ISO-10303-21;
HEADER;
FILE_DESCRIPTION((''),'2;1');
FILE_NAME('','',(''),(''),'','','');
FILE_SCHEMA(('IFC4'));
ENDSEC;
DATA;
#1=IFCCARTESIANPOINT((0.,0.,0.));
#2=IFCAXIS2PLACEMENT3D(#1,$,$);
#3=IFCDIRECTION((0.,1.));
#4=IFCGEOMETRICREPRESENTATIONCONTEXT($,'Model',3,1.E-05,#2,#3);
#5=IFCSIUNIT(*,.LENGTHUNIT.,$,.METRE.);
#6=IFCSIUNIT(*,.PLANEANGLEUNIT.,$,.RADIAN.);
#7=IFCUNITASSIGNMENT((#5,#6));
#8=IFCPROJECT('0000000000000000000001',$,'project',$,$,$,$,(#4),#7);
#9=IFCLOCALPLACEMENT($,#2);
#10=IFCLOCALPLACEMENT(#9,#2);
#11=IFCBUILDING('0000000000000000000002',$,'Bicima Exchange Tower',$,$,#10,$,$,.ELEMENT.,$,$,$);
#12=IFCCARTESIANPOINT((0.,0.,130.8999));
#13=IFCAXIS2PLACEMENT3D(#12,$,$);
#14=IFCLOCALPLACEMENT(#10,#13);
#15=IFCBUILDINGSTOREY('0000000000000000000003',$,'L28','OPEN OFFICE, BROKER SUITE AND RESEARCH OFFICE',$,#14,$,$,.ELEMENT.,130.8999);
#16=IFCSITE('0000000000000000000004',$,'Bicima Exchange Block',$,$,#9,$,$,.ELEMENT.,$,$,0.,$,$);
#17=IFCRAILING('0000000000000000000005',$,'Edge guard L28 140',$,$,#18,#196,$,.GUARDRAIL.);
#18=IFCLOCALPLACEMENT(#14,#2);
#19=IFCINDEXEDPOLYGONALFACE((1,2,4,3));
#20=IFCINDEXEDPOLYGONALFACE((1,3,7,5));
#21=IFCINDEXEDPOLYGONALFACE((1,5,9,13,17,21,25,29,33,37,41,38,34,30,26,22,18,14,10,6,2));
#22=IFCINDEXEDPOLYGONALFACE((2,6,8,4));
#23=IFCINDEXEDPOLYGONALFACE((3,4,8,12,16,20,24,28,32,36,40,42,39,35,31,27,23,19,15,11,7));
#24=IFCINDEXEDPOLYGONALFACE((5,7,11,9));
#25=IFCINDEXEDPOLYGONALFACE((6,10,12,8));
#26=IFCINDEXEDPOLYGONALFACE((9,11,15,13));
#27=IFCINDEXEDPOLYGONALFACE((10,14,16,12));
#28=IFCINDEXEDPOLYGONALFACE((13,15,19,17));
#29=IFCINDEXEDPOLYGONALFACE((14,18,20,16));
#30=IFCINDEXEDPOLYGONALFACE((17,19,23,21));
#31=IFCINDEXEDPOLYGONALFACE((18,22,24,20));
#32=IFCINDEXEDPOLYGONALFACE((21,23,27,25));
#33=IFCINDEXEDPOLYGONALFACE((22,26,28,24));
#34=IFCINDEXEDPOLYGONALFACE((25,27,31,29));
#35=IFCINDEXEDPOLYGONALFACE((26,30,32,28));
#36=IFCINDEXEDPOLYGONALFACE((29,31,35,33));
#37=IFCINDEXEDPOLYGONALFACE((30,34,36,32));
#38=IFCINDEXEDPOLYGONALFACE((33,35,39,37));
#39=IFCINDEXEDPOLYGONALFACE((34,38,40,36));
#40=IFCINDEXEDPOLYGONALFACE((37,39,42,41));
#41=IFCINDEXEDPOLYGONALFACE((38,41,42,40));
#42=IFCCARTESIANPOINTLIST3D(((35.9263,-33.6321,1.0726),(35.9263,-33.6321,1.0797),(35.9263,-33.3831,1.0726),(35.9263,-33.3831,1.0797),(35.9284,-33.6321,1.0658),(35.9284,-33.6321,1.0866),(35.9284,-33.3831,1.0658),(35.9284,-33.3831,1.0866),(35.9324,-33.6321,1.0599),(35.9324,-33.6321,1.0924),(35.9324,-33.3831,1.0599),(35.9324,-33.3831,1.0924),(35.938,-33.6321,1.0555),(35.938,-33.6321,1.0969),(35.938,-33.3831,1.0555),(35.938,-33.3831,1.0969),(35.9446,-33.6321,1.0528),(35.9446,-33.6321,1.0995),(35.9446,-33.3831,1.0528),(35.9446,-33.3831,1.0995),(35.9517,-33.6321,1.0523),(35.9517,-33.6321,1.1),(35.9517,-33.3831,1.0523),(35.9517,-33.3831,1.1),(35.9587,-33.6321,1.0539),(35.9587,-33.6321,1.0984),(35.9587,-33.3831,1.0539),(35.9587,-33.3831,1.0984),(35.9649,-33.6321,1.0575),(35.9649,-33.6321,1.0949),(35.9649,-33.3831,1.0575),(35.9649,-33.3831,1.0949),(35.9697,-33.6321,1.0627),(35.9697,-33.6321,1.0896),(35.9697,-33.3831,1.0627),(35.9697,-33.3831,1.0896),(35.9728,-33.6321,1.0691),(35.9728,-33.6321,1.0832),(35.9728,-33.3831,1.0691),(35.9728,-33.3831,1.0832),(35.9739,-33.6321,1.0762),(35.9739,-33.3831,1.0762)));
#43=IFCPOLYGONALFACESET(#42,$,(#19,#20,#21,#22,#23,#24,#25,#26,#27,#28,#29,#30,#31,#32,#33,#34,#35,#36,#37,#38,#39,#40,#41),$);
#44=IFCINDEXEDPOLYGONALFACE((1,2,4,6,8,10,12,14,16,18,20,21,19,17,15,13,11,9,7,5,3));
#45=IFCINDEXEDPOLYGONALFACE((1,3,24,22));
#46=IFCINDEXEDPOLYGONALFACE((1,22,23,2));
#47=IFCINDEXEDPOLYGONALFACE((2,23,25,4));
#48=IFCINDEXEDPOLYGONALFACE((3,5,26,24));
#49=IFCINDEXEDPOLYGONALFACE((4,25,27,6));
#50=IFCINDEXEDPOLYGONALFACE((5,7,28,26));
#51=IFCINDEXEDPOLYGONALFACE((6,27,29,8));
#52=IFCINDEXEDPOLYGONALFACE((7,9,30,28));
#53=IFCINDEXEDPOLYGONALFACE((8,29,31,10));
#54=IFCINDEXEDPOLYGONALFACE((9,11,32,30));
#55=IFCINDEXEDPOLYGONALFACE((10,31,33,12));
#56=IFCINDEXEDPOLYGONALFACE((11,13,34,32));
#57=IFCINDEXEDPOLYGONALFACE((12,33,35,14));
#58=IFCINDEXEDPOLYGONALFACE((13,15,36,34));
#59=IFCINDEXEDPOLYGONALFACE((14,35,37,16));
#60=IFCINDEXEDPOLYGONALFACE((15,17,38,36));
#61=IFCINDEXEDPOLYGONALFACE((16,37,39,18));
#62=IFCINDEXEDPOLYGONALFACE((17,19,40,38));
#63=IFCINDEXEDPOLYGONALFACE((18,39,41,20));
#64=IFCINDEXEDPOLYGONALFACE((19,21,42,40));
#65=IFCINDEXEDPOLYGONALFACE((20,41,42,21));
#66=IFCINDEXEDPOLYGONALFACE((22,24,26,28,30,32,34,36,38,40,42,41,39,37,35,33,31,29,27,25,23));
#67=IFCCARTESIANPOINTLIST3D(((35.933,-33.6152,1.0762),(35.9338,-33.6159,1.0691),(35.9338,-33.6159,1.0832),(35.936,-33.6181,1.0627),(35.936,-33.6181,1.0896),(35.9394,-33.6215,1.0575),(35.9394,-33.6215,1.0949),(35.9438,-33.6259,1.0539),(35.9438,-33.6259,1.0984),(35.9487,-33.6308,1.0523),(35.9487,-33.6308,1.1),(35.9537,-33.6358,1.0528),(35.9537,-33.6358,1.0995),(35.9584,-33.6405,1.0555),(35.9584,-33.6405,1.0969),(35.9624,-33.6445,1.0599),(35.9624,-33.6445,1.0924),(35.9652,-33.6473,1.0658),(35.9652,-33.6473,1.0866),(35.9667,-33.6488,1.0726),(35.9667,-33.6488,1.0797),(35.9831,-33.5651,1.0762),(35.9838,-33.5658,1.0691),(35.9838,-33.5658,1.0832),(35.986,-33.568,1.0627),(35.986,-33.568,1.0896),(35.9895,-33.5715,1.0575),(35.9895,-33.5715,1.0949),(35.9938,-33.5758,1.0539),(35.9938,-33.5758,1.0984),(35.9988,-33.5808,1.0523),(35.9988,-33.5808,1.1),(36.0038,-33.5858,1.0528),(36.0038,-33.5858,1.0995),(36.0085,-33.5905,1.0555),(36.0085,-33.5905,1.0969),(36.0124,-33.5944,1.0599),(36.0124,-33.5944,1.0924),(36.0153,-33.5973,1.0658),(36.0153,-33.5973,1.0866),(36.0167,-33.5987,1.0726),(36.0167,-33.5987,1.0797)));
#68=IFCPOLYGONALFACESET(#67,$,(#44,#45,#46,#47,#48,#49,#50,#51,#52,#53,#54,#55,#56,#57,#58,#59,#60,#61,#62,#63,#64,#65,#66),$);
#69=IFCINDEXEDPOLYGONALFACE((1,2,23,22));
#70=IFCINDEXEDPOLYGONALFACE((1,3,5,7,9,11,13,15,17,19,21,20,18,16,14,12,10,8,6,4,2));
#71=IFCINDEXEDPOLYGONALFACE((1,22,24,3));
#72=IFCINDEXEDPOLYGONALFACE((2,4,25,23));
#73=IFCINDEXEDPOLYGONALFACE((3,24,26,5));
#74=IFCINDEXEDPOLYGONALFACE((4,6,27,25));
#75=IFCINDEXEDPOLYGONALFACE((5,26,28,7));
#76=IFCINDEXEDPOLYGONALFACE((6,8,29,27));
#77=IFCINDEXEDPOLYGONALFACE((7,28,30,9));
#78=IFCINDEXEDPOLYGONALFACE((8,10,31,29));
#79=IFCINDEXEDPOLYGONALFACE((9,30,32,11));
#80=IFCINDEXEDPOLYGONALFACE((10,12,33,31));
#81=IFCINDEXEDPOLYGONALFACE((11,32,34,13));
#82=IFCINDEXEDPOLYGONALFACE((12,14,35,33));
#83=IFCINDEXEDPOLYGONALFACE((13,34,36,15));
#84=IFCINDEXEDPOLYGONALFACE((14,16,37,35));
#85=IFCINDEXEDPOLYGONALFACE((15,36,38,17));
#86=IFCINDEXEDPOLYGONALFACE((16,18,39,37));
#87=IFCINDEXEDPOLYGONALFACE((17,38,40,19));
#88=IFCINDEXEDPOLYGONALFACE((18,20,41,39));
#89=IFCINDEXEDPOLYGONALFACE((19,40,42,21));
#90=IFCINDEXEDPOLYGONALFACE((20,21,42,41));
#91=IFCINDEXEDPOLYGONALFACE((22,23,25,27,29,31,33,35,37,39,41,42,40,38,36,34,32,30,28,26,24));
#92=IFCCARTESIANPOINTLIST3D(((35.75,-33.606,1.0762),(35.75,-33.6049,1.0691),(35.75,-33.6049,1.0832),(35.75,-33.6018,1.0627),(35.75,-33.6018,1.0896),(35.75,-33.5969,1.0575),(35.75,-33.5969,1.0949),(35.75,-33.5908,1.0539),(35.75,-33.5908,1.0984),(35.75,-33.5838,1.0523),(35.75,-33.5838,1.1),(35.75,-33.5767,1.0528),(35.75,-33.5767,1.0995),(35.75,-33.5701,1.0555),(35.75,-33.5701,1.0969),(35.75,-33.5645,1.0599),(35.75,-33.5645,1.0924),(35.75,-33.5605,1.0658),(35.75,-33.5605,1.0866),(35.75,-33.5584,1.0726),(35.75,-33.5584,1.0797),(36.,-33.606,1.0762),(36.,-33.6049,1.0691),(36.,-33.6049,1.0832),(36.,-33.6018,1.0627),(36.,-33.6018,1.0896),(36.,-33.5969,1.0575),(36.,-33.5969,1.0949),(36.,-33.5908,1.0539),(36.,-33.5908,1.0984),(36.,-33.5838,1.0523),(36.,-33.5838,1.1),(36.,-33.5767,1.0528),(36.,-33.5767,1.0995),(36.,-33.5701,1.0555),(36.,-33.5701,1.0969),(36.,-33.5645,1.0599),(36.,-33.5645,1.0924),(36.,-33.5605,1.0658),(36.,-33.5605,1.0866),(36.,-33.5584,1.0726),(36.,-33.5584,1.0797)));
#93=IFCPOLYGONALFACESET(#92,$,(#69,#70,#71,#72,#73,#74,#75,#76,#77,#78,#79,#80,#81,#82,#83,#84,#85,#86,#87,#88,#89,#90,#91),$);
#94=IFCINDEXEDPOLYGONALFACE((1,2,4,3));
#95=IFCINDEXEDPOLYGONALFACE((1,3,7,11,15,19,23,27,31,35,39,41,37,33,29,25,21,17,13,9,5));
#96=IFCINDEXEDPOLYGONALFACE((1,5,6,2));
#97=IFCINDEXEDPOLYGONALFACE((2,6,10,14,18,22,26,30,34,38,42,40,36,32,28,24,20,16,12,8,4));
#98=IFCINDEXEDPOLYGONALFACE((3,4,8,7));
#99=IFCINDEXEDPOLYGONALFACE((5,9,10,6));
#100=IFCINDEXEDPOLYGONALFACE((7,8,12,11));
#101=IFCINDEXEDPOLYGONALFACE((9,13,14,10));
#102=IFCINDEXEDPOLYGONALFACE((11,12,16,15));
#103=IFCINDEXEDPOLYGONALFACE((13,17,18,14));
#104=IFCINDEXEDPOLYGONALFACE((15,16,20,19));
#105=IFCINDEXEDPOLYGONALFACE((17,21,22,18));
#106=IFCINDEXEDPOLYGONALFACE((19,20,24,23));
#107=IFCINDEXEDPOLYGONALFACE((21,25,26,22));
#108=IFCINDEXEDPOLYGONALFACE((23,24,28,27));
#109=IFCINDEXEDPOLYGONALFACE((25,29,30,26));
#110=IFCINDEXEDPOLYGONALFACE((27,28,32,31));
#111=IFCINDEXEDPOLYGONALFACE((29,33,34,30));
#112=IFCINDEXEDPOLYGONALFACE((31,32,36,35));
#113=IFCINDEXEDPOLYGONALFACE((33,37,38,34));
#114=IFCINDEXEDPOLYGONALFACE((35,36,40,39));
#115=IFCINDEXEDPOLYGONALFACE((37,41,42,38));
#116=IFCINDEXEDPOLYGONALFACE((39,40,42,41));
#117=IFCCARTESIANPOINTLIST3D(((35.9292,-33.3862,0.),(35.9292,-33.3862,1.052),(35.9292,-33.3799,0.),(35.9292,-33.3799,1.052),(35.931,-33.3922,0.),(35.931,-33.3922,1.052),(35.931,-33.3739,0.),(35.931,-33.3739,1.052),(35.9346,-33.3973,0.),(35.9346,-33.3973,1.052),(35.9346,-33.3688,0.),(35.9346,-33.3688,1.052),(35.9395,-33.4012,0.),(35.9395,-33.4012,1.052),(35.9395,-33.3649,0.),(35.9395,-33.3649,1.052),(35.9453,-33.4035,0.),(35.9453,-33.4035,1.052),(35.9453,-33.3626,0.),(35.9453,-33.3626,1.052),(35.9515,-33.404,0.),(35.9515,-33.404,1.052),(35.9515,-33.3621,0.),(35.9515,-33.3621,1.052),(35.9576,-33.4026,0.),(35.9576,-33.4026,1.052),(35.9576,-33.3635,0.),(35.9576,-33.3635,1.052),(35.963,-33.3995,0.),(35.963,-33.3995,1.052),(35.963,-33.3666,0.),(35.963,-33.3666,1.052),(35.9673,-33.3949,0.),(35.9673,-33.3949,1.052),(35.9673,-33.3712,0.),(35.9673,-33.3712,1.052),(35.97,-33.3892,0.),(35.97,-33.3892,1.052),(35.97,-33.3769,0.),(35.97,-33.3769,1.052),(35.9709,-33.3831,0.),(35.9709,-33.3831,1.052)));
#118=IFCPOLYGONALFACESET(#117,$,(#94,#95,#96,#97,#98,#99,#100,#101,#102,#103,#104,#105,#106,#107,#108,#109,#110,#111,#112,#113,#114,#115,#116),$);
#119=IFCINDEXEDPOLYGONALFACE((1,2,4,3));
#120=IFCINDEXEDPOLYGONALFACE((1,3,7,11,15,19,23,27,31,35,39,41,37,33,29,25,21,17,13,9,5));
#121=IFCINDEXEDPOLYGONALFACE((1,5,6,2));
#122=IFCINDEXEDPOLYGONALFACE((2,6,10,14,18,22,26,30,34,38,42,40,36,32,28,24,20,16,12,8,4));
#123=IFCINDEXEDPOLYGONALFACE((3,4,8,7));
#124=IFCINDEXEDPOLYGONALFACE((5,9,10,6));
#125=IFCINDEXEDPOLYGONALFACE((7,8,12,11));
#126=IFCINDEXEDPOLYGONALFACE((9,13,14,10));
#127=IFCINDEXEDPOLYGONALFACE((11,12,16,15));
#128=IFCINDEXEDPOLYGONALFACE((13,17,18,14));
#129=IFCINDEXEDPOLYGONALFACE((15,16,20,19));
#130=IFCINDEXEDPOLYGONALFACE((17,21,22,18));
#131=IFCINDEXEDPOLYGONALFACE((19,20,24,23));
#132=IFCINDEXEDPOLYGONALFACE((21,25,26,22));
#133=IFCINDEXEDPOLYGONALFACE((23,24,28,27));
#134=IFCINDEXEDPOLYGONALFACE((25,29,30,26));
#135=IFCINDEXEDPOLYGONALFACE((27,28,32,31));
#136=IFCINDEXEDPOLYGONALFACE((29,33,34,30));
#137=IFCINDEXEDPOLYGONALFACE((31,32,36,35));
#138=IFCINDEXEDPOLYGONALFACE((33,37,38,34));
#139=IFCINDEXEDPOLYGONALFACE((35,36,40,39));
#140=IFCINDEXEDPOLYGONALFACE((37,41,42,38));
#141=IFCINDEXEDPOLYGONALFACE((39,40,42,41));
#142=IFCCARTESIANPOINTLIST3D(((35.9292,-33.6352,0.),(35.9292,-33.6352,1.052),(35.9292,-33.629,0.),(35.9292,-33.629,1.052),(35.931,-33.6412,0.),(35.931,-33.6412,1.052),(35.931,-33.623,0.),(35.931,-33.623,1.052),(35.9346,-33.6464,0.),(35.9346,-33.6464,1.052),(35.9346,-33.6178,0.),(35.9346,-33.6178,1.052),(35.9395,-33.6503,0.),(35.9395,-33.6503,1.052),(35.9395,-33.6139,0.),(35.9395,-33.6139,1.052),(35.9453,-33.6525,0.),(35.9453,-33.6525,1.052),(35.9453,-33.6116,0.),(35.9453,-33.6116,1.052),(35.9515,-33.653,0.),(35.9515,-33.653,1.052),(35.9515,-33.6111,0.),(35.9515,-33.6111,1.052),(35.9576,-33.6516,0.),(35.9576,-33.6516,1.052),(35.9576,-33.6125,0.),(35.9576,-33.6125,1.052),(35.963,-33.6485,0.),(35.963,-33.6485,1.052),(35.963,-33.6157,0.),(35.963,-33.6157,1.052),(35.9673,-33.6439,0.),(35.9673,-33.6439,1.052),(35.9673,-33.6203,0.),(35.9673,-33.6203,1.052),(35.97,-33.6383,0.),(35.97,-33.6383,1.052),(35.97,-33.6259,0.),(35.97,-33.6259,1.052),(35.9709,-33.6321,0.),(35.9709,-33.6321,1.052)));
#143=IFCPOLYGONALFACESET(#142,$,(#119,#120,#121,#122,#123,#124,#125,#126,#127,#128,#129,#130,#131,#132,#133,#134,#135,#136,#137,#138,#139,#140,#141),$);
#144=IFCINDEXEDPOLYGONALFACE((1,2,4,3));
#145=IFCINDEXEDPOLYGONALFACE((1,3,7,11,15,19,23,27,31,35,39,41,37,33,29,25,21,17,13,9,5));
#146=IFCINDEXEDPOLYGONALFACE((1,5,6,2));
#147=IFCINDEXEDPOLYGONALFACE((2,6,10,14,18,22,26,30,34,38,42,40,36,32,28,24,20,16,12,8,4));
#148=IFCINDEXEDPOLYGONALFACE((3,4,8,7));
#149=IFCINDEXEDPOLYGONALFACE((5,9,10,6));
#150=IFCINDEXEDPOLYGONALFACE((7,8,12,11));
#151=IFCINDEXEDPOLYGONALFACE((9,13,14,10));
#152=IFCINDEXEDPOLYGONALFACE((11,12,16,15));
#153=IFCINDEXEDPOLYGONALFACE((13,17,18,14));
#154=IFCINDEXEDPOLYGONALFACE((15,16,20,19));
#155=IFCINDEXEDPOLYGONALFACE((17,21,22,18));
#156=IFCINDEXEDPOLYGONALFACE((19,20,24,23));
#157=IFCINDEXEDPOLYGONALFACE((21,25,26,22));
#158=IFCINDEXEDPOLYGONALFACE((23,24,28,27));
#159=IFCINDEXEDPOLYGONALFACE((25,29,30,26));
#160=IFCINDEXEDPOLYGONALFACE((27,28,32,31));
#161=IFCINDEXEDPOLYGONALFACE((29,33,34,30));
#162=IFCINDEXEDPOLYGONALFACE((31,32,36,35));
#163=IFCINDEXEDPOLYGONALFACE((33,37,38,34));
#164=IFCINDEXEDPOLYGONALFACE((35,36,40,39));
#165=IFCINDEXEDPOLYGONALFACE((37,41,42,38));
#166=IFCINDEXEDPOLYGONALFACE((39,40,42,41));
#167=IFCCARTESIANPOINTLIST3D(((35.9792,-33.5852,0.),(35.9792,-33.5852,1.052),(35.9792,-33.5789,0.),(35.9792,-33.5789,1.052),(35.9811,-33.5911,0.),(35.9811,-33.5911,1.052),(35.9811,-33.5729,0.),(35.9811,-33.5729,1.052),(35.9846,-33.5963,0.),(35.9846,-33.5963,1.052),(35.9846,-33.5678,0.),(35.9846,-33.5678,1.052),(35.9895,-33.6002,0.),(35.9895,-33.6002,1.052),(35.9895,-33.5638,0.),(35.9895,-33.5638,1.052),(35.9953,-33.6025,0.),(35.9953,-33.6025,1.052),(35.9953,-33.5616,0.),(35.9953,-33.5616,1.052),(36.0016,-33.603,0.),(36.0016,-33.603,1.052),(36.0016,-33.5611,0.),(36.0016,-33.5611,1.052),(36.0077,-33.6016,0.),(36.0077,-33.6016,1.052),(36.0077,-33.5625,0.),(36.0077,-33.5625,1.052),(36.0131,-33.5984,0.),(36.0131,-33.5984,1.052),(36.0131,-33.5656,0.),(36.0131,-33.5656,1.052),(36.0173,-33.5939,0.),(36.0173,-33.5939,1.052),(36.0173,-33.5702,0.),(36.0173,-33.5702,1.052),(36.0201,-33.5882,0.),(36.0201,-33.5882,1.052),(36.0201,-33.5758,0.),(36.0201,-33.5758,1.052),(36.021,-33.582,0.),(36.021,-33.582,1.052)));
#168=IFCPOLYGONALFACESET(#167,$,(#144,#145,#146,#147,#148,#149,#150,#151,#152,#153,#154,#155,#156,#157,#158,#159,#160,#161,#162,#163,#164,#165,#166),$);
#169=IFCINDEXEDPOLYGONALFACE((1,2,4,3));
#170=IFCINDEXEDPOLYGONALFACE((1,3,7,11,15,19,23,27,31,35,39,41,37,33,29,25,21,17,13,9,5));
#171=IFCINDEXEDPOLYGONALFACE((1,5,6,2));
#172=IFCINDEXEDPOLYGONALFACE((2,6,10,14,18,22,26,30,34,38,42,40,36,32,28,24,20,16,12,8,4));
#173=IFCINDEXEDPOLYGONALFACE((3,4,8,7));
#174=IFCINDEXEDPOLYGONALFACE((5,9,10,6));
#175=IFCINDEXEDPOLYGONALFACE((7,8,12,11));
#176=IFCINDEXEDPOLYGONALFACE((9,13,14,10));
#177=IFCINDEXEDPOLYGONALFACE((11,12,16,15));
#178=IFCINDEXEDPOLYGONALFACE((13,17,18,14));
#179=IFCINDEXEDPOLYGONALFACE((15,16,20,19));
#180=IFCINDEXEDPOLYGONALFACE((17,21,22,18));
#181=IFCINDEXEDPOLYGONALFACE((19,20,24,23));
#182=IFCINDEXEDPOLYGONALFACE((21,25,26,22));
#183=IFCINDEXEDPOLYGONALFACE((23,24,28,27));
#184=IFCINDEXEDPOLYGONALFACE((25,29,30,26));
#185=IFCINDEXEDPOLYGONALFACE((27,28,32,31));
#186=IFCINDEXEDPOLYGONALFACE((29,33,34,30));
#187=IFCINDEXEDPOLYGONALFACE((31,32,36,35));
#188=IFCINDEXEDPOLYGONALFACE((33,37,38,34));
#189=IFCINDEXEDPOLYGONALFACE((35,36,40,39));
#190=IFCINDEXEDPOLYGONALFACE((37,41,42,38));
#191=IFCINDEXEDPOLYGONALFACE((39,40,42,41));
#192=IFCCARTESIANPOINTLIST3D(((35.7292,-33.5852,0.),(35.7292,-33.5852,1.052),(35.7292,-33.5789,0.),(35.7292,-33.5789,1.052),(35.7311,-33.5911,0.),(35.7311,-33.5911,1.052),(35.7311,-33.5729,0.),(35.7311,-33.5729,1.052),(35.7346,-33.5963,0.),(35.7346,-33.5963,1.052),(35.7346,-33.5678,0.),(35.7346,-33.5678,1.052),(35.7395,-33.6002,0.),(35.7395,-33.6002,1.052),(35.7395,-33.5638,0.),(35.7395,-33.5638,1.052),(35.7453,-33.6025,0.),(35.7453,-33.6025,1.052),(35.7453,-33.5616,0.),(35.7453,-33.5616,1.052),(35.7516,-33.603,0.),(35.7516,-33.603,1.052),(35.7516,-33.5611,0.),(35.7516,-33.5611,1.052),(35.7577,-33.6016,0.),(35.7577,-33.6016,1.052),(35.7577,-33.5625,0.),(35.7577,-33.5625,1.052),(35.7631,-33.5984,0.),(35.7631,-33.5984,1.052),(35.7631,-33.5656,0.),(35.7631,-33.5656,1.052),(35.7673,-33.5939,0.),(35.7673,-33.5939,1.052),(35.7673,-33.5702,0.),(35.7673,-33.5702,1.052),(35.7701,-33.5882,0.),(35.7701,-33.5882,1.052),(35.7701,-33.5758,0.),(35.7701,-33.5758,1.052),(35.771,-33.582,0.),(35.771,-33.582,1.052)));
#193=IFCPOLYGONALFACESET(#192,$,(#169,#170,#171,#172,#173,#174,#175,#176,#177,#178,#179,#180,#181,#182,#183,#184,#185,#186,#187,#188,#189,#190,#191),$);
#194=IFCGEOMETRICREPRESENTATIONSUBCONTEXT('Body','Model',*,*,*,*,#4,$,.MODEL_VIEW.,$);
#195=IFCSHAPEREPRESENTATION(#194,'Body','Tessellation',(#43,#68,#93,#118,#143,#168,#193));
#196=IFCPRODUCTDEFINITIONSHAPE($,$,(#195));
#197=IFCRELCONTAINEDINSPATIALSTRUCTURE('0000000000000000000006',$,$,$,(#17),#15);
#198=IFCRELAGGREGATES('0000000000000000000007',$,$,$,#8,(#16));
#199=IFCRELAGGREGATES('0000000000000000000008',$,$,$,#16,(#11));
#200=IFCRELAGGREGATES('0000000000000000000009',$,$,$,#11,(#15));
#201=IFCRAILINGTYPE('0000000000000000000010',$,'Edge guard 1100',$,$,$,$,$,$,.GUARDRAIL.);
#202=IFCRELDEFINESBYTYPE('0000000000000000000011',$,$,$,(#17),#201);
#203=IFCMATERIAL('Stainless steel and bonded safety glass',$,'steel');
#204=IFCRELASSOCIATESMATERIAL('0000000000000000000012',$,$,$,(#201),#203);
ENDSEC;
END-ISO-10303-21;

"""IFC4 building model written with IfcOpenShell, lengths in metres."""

from ifc_helpers import new_model, si_unit, direction, frame, origin, origin_2d, place, context, subcontext, project, spatial, circle, extrude, material, type_object, element, save


model = new_model("IFC4")

# Units and contexts
model_context = context("Model", 3, precision=1e-05, world=origin(), true_north=direction((0.0, 1.0)))
body_context = subcontext(model_context, "Body", "Model", "MODEL_VIEW")
ifc_project = project(units=[si_unit("LENGTHUNIT", "METRE"), si_unit("PLANEANGLEUNIT", "RADIAN")], contexts=[model_context])

# Site, building, storey
site_placement = place(None, origin())
site = spatial("IfcSite", under=ifc_project, at=site_placement, Name="Bicima Exchange Block", CompositionType="ELEMENT", RefElevation=0.0)
building_placement = place(site_placement, origin())
building = spatial("IfcBuilding", under=site, at=building_placement, Name="Bicima Exchange Tower", CompositionType="ELEMENT")
storey_placement = place(building_placement, frame((0.0, 0.0, 130.8999)))
storey = spatial("IfcBuildingStorey", under=building, at=storey_placement, Name="L28", Description="OPEN OFFICE, BROKER SUITE AND RESEARCH OFFICE", CompositionType="ELEMENT", Elevation=130.8999)

# Railing
ifc_material_1 = material(Name="Stainless steel and bonded safety glass", Category="steel")
railing_type = type_object("IfcRailingType", Name="Edge guard 1100", PredefinedType="GUARDRAIL", material=ifc_material_1)
railing_1_placement = place(storey_placement, frame((35.95, -33.3831, 0.0)))
element("IfcRailing", 1, at=railing_1_placement, inside=storey, type_object=railing_type, Name="Edge guard L28 140", PredefinedType="GUARDRAIL", context=body_context, shape_type="SweptSolid", body=[
    extrude(circle(Radius=0.0239, at=origin_2d()), frame((0.0, 0.0, 1.0762), z_axis=(0.0, -1.0, 0.0), x_axis=(1.0, 0.0, 0.0)), (0.0, 0.0, 1.0), 0.249),
    extrude(circle(Radius=0.0239, at=origin_2d()), frame((0.0, -0.249, 1.0762), z_axis=(0.707107, 0.707107, 0.0), x_axis=(-0.707107, 0.707107, 0.0)), (0.0, 0.0, 1.0), 0.0708),
    extrude(circle(Radius=0.0239, at=origin_2d()), frame((0.05, -0.199, 1.0762), z_axis=(-1.0, 0.0, 0.0), x_axis=(0.0, -1.0, 0.0)), (0.0, 0.0, 1.0), 0.25),
    extrude(circle(Radius=0.021, at=origin_2d()), origin(), (0.0, 0.0, 1.0), 1.052),
    extrude(circle(Radius=0.021, at=origin_2d()), frame((0.0, -0.249, 0.0)), (0.0, 0.0, 1.0), 1.052),
    extrude(circle(Radius=0.021, at=origin_2d()), frame((0.05, -0.199, 0.0)), (0.0, 0.0, 1.0), 1.052),
    extrude(circle(Radius=0.021, at=origin_2d()), frame((-0.2, -0.199, 0.0)), (0.0, 0.0, 1.0), 1.052),
])

save(model, "model.ifc")
